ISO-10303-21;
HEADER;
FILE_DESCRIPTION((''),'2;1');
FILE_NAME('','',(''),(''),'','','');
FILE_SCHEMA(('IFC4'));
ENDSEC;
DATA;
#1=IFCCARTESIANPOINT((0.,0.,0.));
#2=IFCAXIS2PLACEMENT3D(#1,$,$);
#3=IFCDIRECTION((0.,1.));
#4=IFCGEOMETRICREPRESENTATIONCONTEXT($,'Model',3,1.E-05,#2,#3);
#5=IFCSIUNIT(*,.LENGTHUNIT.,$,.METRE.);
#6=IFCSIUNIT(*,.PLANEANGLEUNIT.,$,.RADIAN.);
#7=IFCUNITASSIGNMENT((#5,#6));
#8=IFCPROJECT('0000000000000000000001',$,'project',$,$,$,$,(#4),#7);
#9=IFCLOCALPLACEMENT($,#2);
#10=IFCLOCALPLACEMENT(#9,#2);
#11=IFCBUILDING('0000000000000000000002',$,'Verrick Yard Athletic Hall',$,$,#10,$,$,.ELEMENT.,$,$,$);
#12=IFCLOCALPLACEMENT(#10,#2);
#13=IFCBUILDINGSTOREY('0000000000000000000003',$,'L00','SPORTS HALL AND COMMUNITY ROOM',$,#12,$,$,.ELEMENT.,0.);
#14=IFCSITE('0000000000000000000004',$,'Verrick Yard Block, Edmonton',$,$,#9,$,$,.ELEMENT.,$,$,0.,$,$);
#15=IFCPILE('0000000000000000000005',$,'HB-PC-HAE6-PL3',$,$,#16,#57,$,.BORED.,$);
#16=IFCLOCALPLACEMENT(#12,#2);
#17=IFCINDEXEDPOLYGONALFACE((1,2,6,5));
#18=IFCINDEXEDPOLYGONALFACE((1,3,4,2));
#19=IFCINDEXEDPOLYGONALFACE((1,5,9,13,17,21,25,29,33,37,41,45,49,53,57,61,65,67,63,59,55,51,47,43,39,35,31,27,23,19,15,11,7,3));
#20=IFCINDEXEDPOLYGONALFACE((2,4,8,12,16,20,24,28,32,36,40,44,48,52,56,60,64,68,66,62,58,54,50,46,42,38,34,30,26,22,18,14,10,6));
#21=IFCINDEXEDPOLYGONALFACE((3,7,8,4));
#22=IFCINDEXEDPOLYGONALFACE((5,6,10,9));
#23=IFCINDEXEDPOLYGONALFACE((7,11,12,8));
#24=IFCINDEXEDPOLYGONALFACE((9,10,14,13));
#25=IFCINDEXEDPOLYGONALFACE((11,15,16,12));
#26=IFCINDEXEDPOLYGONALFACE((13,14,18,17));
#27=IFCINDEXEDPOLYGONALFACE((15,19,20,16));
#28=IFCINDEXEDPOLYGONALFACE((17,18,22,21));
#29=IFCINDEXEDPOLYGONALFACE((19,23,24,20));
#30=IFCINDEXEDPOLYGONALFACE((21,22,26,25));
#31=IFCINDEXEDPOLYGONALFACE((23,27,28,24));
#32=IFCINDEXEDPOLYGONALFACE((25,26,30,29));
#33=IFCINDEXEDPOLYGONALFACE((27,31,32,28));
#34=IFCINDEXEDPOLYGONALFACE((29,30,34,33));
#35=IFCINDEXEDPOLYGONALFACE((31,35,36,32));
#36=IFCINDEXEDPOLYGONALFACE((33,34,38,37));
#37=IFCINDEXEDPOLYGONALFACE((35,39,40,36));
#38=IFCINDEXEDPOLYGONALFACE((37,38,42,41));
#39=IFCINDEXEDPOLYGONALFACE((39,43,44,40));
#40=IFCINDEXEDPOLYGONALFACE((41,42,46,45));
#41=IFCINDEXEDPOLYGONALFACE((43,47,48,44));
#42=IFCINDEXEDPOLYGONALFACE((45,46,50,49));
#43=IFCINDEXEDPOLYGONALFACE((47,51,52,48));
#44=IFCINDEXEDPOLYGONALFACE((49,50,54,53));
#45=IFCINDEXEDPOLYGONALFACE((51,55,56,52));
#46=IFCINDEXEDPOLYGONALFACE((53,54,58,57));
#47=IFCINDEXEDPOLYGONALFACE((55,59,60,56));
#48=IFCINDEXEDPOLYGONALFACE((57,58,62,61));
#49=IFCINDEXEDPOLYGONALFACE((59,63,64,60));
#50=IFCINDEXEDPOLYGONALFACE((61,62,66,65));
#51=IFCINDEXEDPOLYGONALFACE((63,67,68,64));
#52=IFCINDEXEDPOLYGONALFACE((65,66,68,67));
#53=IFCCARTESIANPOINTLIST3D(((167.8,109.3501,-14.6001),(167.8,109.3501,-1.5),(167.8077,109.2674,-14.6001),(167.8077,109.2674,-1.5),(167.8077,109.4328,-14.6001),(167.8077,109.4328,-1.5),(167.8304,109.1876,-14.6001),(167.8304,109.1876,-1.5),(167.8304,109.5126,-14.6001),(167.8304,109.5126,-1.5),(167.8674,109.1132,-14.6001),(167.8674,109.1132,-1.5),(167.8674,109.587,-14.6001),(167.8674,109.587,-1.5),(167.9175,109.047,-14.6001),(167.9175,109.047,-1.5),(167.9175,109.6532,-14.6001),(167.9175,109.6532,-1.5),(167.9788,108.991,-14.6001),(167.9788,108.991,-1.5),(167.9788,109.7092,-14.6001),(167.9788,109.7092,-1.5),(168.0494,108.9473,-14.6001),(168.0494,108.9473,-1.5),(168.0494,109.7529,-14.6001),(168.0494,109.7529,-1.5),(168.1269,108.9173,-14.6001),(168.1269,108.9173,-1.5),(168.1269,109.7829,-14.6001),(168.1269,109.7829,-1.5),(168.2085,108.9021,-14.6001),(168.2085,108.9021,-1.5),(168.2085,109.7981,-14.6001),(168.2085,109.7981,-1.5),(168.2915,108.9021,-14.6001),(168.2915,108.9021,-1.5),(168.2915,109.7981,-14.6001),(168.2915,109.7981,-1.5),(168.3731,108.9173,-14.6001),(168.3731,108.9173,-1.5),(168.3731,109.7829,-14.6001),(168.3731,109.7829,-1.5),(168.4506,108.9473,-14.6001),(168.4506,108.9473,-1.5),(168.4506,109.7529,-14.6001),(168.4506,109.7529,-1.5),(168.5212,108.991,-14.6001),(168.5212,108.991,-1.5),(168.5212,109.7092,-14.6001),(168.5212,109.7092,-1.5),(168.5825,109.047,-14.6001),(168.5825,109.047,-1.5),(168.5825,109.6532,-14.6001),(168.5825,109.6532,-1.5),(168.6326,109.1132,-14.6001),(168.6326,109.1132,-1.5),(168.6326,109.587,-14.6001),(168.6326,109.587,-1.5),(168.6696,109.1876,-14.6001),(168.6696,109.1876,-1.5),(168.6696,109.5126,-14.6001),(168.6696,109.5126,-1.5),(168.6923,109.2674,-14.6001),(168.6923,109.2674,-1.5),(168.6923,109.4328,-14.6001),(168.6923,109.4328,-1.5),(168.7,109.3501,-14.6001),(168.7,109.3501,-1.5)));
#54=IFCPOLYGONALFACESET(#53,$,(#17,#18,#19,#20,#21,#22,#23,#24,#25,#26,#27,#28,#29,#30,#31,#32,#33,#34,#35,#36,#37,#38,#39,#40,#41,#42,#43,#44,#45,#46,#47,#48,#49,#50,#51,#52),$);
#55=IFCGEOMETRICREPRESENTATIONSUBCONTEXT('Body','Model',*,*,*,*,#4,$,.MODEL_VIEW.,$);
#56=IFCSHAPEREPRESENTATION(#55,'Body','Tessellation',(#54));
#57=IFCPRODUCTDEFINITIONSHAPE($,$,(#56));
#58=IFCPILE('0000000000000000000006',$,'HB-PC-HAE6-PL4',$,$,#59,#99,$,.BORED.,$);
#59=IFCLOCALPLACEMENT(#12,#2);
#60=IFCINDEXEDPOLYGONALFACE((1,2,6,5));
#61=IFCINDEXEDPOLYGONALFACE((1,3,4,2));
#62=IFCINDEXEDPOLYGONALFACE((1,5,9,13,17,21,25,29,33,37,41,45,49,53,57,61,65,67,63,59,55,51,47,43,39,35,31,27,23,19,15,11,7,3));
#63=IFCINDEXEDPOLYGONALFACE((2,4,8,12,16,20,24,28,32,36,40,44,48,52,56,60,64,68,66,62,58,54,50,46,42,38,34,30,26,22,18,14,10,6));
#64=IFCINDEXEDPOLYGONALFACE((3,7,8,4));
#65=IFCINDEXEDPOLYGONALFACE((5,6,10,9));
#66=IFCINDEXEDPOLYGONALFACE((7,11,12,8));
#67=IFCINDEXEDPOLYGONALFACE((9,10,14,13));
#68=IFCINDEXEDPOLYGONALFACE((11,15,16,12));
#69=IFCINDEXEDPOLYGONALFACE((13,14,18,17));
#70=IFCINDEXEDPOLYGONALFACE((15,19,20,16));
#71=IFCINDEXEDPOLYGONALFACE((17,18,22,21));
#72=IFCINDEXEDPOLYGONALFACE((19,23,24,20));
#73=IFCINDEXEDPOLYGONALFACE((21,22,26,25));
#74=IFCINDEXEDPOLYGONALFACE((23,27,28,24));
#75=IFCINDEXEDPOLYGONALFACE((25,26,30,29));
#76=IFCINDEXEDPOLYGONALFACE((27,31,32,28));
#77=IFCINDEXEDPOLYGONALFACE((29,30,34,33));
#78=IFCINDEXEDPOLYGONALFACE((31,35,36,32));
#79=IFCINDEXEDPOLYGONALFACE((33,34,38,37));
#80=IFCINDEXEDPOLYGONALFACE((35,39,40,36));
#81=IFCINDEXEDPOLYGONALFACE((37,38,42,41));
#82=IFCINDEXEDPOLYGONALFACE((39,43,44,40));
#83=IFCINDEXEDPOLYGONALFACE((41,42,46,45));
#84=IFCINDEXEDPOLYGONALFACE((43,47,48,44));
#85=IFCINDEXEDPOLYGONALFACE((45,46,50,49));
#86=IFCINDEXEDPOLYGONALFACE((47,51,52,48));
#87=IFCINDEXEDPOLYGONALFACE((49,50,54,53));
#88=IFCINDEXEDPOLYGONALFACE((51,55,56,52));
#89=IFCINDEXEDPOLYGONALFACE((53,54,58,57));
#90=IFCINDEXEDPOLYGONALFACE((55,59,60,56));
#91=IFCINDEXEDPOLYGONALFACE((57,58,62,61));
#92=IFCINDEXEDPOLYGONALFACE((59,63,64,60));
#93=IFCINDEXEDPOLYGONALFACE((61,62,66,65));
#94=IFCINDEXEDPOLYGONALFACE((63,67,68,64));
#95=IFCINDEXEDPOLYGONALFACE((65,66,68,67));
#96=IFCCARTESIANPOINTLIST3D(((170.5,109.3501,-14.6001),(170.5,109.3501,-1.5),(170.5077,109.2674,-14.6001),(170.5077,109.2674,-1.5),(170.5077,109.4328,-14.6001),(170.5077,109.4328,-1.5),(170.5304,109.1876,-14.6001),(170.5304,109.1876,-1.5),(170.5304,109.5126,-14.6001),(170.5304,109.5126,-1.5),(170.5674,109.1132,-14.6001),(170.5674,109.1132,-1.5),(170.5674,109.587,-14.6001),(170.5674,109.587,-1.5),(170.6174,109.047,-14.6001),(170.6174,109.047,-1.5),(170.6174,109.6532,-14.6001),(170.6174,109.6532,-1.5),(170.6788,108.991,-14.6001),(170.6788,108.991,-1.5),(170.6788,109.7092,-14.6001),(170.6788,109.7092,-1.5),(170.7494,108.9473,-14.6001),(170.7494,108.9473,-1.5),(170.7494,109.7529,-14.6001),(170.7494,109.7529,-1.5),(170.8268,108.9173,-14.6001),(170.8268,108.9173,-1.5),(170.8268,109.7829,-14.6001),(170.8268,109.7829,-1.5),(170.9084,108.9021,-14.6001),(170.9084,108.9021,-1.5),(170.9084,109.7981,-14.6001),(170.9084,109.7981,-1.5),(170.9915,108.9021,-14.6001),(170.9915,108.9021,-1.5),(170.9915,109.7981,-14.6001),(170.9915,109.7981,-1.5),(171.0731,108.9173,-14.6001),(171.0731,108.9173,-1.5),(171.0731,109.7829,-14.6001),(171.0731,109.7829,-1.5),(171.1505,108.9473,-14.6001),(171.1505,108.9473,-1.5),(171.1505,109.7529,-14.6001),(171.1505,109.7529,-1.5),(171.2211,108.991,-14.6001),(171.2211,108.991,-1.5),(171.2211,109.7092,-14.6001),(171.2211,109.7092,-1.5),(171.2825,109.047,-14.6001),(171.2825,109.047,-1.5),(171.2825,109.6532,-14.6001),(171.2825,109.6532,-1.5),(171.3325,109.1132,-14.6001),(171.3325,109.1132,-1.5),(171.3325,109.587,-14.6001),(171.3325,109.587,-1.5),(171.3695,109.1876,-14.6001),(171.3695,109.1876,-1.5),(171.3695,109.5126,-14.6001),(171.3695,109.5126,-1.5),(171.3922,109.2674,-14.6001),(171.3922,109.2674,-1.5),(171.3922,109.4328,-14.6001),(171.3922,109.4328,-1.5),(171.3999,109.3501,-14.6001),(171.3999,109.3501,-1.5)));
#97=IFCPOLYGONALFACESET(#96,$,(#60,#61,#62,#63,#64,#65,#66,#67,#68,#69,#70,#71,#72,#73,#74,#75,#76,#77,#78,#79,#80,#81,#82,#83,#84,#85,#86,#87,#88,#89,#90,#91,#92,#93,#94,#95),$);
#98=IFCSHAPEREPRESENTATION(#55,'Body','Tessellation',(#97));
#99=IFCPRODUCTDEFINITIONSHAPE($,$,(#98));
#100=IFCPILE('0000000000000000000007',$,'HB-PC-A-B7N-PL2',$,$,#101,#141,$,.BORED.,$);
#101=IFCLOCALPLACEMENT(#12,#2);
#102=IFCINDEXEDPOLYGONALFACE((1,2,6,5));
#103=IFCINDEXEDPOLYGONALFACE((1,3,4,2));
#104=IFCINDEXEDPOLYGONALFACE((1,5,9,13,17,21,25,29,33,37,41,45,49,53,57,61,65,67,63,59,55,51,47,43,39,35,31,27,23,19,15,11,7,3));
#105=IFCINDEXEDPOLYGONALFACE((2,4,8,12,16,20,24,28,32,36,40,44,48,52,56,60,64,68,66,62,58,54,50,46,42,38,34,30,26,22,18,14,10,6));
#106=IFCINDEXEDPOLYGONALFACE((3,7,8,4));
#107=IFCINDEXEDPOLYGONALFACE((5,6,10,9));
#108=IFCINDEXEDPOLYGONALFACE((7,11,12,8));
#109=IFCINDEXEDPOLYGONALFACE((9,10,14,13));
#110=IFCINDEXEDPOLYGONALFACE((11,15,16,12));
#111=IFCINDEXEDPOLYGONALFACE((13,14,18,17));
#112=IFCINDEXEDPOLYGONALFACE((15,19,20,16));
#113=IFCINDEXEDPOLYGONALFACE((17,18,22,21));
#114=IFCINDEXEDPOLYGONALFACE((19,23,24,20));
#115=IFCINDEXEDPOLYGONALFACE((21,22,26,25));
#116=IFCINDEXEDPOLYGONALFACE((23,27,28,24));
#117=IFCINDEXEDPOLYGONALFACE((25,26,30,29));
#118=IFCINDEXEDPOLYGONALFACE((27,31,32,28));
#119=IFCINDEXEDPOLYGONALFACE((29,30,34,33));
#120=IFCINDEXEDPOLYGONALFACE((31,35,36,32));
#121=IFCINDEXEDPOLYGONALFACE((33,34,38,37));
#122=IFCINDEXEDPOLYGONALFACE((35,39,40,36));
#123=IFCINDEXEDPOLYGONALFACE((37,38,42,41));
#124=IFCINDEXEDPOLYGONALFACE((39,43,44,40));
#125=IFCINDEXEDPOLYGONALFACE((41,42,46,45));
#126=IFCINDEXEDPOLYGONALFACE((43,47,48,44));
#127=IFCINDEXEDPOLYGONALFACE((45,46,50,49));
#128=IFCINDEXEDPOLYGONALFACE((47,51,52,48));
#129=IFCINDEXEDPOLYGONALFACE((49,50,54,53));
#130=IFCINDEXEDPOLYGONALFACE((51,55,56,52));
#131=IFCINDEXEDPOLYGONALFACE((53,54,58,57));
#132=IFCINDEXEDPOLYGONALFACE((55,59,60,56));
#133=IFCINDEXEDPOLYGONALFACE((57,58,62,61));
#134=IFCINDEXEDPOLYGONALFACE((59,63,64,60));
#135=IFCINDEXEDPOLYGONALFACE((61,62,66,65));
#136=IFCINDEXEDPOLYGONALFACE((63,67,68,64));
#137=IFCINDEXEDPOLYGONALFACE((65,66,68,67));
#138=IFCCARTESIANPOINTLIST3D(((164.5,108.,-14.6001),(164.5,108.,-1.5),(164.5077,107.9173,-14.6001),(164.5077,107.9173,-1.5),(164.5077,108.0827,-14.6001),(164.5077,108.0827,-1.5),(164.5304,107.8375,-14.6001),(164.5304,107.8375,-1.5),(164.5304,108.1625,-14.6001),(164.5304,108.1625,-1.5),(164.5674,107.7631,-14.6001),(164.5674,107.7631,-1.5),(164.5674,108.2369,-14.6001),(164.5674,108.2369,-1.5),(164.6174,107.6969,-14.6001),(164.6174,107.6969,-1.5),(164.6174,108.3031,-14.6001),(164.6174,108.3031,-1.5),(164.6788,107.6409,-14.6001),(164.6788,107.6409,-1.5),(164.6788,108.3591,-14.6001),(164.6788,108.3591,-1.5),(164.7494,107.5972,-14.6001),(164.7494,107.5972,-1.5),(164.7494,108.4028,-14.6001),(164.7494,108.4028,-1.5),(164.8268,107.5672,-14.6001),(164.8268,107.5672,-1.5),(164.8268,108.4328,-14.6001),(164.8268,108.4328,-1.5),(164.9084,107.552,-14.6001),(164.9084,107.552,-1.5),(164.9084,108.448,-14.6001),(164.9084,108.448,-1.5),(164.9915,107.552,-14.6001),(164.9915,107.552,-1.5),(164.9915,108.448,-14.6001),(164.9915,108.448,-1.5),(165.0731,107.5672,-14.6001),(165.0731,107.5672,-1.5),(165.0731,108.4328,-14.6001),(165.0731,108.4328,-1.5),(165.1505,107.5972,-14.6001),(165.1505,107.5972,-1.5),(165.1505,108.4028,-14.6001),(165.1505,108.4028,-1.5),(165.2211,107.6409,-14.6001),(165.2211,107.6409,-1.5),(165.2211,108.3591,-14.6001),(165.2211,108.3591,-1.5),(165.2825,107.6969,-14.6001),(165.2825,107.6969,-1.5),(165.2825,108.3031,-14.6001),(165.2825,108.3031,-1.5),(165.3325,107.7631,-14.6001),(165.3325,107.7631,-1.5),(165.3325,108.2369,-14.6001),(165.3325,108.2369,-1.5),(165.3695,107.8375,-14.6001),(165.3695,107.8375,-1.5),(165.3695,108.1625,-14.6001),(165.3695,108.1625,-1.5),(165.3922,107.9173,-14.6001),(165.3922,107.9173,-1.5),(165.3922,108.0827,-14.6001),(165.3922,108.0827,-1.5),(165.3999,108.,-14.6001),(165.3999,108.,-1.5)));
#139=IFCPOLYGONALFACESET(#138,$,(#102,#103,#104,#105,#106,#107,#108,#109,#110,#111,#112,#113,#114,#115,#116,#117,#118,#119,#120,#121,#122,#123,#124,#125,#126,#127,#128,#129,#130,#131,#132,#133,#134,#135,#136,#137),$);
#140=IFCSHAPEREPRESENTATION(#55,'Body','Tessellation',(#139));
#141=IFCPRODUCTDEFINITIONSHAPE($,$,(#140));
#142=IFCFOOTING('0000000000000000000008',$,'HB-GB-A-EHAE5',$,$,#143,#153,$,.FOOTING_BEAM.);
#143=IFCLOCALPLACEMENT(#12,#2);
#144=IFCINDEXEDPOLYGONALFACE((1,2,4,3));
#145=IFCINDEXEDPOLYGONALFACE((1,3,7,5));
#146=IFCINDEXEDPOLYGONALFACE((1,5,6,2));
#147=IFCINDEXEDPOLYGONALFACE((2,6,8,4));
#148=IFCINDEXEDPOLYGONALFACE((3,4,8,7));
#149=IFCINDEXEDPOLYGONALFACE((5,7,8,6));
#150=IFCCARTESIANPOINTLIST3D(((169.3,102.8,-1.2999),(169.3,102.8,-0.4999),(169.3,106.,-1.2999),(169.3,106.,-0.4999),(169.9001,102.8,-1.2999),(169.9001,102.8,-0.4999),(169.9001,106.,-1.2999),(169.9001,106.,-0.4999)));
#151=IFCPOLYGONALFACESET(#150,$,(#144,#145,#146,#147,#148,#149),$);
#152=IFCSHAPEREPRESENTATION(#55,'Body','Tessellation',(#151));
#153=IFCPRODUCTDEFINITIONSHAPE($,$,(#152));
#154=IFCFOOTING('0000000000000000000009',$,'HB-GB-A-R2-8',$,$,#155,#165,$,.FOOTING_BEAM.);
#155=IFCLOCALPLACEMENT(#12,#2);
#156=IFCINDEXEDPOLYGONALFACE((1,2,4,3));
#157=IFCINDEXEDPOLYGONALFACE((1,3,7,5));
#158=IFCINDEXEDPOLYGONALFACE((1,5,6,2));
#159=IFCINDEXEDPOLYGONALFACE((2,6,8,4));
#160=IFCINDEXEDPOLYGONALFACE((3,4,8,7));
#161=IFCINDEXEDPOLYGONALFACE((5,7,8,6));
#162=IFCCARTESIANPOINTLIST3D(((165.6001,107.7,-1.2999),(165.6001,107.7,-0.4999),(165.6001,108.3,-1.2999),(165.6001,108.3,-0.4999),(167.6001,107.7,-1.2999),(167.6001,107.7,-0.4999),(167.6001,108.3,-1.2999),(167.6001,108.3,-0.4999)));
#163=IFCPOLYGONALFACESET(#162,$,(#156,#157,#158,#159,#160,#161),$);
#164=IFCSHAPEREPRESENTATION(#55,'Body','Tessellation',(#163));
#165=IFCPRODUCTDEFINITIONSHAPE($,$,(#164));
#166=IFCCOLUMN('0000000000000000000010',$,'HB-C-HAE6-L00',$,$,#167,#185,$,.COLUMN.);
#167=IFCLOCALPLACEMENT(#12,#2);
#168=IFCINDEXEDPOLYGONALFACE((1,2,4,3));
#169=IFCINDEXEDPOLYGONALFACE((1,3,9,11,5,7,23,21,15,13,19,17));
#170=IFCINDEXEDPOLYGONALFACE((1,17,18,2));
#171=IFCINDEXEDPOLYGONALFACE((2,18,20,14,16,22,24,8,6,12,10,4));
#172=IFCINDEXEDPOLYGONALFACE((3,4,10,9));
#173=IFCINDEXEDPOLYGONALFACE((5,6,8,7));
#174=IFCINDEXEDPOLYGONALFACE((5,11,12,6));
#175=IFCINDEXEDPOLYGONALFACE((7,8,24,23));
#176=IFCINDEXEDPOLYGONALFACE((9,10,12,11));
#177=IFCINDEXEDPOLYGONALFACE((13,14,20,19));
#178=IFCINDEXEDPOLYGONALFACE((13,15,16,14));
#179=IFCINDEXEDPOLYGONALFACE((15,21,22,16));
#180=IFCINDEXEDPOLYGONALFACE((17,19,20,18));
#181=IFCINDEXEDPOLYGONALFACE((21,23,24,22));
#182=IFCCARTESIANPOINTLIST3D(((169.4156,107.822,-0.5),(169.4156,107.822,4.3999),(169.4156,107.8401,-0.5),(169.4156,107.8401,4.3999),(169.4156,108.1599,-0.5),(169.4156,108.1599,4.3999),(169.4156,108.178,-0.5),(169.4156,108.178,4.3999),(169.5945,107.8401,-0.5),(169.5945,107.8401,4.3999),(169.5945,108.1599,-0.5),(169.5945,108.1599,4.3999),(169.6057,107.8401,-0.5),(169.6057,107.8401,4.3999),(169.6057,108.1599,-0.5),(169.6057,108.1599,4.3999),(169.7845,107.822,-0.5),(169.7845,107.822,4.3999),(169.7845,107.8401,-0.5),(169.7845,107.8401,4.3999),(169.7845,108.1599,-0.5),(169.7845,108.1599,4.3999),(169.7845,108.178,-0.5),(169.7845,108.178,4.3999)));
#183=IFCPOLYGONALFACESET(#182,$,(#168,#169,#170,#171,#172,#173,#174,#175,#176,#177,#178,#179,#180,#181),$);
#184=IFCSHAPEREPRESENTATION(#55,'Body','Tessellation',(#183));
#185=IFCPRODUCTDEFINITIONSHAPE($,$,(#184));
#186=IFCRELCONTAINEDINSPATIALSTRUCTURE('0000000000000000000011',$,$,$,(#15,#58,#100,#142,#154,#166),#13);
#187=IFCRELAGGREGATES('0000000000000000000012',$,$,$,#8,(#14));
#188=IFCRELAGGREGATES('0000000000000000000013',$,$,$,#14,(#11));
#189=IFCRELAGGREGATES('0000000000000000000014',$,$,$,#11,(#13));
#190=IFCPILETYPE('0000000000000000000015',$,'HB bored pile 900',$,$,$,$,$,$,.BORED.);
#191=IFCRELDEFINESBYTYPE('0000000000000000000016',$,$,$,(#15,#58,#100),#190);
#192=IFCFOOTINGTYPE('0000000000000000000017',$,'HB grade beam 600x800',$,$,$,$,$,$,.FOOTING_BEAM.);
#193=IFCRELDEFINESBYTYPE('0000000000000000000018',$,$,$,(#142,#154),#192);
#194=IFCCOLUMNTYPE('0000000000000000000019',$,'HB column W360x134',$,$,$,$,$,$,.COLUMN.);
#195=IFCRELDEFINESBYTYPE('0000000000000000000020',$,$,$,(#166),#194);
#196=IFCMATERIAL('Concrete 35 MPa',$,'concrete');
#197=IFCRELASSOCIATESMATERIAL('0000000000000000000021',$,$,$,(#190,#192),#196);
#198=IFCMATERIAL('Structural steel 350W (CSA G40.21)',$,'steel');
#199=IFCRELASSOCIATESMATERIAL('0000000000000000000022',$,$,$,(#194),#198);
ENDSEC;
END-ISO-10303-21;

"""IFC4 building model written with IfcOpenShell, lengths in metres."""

from ifc_helpers import new_model, si_unit, direction, frame, origin, origin_2d, place, context, subcontext, project, spatial, rectangle, circle, i_section, extrude, material, material_profile, profile_set, type_object, element, save


model = new_model("IFC4")

# Units and contexts
model_context = context("Model", 3, precision=1e-05, world=origin(), true_north=direction((0.0, 1.0)))
body_context = subcontext(model_context, "Body", "Model", "MODEL_VIEW")
ifc_project = project(units=[si_unit("LENGTHUNIT", "METRE"), si_unit("PLANEANGLEUNIT", "RADIAN")], contexts=[model_context])

# Site, building, storey
site_placement = place(None, origin())
site = spatial("IfcSite", under=ifc_project, at=site_placement, Name="Verrick Yard Block, Edmonton", CompositionType="ELEMENT", RefElevation=0.0)
building_placement = place(site_placement, origin())
building = spatial("IfcBuilding", under=site, at=building_placement, Name="Verrick Yard Athletic Hall", CompositionType="ELEMENT")
storey_placement = place(building_placement, origin())
storey = spatial("IfcBuildingStorey", under=building, at=storey_placement, Name="L00", Description="SPORTS HALL AND COMMUNITY ROOM", CompositionType="ELEMENT", Elevation=0.0)

# Piles
ifc_material_1 = material(Name="Concrete 35 MPa", Category="concrete")
ifc_material_profile_1 = material_profile(ifc_material_1, circle(Radius=0.45, at=origin_2d()), Name="Bored pile 900")
ifc_profile_set_1 = profile_set([ifc_material_profile_1], Name="Concrete 35 MPa")
pile_type = type_object("IfcPileType", Name="HB bored pile 900", PredefinedType="BORED", material=ifc_profile_set_1)
for number, where, z_axis, x_axis, name in (
    (1, (168.25, 109.3501, -1.5), (0.0, 0.0, -1.0), (1.0, 0.0, 0.0), "HB-PC-HAE6-PL3"),
    (2, (170.95, 109.3501, -1.5), (0.0, 0.0, -1.0), (1.0, 0.0, 0.0), "HB-PC-HAE6-PL4"),
    (3, (164.95, 108.0, -1.5), (0.0, 0.0, -1.0), (1.0, 0.0, 0.0), "HB-PC-A-B7N-PL2"),
):
    element("IfcPile", number, at=place(storey_placement, frame(where, z_axis=z_axis, x_axis=x_axis)), inside=storey, type_object=pile_type, Name=name, PredefinedType="BORED", context=body_context, shape_type="SweptSolid", body=[
        extrude(circle(Radius=0.45, at=origin_2d()), origin(), (0.0, 0.0, 1.0), 13.1001),
    ])

# Footings
ifc_material_profile_2 = material_profile(ifc_material_1, rectangle(XDim=0.6001, YDim=0.8, at=origin_2d()), Name="Grade beam 600x800")
ifc_profile_set_2 = profile_set([ifc_material_profile_2], Name="Concrete 35 MPa")
footing_type = type_object("IfcFootingType", Name="HB grade beam 600x800", PredefinedType="FOOTING_BEAM", material=ifc_profile_set_2)
footing_1_placement = place(storey_placement, frame((169.6001, 102.8, -0.8999), z_axis=(0.0, 1.0, 0.0), x_axis=(-1.0, 0.0, 0.0)))
element("IfcFooting", 4, at=footing_1_placement, inside=storey, type_object=footing_type, Name="HB-GB-A-EHAE5", PredefinedType="FOOTING_BEAM", context=body_context, shape_type="SweptSolid", body=[
    extrude(rectangle(XDim=0.6001, YDim=0.8, at=origin_2d()), origin(), (0.0, 0.0, 1.0), 3.2),
])
footing_2_placement = place(storey_placement, frame((165.6001, 108.0, -0.8999), z_axis=(1.0, 0.0, 0.0), x_axis=(0.0, 1.0, 0.0)))
element("IfcFooting", 5, at=footing_2_placement, inside=storey, type_object=footing_type, Name="HB-GB-A-R2-8", PredefinedType="FOOTING_BEAM", context=body_context, shape_type="SweptSolid", body=[
    extrude(rectangle(XDim=0.6001, YDim=0.8, at=origin_2d()), origin(), (0.0, 0.0, 1.0), 2.0),
])

# Column
ifc_material_2 = material(Name="Structural steel 350W (CSA G40.21)", Category="steel")
ifc_material_profile_3 = material_profile(ifc_material_2, i_section(OverallWidth=0.3689, OverallDepth=0.356, WebThickness=0.0112, FlangeThickness=0.0181, at=origin_2d()), Name="W360x134")
ifc_profile_set_3 = profile_set([ifc_material_profile_3], Name="Structural steel 350W (CSA G40.21)")
column_type = type_object("IfcColumnType", Name="HB column W360x134", PredefinedType="COLUMN", material=ifc_profile_set_3)
column_placement = place(storey_placement, frame((169.6001, 108.0, -0.5), z_axis=(0.0, 0.0, 1.0), x_axis=(1.0, 0.0, 0.0)))
element("IfcColumn", 6, at=column_placement, inside=storey, type_object=column_type, Name="HB-C-HAE6-L00", PredefinedType="COLUMN", context=body_context, shape_type="SweptSolid", body=[
    extrude(i_section(OverallWidth=0.3689, OverallDepth=0.356, WebThickness=0.0112, FlangeThickness=0.0181, at=origin_2d()), origin(), (0.0, 0.0, 1.0), 4.8999),
])

save(model, "model.ifc")
